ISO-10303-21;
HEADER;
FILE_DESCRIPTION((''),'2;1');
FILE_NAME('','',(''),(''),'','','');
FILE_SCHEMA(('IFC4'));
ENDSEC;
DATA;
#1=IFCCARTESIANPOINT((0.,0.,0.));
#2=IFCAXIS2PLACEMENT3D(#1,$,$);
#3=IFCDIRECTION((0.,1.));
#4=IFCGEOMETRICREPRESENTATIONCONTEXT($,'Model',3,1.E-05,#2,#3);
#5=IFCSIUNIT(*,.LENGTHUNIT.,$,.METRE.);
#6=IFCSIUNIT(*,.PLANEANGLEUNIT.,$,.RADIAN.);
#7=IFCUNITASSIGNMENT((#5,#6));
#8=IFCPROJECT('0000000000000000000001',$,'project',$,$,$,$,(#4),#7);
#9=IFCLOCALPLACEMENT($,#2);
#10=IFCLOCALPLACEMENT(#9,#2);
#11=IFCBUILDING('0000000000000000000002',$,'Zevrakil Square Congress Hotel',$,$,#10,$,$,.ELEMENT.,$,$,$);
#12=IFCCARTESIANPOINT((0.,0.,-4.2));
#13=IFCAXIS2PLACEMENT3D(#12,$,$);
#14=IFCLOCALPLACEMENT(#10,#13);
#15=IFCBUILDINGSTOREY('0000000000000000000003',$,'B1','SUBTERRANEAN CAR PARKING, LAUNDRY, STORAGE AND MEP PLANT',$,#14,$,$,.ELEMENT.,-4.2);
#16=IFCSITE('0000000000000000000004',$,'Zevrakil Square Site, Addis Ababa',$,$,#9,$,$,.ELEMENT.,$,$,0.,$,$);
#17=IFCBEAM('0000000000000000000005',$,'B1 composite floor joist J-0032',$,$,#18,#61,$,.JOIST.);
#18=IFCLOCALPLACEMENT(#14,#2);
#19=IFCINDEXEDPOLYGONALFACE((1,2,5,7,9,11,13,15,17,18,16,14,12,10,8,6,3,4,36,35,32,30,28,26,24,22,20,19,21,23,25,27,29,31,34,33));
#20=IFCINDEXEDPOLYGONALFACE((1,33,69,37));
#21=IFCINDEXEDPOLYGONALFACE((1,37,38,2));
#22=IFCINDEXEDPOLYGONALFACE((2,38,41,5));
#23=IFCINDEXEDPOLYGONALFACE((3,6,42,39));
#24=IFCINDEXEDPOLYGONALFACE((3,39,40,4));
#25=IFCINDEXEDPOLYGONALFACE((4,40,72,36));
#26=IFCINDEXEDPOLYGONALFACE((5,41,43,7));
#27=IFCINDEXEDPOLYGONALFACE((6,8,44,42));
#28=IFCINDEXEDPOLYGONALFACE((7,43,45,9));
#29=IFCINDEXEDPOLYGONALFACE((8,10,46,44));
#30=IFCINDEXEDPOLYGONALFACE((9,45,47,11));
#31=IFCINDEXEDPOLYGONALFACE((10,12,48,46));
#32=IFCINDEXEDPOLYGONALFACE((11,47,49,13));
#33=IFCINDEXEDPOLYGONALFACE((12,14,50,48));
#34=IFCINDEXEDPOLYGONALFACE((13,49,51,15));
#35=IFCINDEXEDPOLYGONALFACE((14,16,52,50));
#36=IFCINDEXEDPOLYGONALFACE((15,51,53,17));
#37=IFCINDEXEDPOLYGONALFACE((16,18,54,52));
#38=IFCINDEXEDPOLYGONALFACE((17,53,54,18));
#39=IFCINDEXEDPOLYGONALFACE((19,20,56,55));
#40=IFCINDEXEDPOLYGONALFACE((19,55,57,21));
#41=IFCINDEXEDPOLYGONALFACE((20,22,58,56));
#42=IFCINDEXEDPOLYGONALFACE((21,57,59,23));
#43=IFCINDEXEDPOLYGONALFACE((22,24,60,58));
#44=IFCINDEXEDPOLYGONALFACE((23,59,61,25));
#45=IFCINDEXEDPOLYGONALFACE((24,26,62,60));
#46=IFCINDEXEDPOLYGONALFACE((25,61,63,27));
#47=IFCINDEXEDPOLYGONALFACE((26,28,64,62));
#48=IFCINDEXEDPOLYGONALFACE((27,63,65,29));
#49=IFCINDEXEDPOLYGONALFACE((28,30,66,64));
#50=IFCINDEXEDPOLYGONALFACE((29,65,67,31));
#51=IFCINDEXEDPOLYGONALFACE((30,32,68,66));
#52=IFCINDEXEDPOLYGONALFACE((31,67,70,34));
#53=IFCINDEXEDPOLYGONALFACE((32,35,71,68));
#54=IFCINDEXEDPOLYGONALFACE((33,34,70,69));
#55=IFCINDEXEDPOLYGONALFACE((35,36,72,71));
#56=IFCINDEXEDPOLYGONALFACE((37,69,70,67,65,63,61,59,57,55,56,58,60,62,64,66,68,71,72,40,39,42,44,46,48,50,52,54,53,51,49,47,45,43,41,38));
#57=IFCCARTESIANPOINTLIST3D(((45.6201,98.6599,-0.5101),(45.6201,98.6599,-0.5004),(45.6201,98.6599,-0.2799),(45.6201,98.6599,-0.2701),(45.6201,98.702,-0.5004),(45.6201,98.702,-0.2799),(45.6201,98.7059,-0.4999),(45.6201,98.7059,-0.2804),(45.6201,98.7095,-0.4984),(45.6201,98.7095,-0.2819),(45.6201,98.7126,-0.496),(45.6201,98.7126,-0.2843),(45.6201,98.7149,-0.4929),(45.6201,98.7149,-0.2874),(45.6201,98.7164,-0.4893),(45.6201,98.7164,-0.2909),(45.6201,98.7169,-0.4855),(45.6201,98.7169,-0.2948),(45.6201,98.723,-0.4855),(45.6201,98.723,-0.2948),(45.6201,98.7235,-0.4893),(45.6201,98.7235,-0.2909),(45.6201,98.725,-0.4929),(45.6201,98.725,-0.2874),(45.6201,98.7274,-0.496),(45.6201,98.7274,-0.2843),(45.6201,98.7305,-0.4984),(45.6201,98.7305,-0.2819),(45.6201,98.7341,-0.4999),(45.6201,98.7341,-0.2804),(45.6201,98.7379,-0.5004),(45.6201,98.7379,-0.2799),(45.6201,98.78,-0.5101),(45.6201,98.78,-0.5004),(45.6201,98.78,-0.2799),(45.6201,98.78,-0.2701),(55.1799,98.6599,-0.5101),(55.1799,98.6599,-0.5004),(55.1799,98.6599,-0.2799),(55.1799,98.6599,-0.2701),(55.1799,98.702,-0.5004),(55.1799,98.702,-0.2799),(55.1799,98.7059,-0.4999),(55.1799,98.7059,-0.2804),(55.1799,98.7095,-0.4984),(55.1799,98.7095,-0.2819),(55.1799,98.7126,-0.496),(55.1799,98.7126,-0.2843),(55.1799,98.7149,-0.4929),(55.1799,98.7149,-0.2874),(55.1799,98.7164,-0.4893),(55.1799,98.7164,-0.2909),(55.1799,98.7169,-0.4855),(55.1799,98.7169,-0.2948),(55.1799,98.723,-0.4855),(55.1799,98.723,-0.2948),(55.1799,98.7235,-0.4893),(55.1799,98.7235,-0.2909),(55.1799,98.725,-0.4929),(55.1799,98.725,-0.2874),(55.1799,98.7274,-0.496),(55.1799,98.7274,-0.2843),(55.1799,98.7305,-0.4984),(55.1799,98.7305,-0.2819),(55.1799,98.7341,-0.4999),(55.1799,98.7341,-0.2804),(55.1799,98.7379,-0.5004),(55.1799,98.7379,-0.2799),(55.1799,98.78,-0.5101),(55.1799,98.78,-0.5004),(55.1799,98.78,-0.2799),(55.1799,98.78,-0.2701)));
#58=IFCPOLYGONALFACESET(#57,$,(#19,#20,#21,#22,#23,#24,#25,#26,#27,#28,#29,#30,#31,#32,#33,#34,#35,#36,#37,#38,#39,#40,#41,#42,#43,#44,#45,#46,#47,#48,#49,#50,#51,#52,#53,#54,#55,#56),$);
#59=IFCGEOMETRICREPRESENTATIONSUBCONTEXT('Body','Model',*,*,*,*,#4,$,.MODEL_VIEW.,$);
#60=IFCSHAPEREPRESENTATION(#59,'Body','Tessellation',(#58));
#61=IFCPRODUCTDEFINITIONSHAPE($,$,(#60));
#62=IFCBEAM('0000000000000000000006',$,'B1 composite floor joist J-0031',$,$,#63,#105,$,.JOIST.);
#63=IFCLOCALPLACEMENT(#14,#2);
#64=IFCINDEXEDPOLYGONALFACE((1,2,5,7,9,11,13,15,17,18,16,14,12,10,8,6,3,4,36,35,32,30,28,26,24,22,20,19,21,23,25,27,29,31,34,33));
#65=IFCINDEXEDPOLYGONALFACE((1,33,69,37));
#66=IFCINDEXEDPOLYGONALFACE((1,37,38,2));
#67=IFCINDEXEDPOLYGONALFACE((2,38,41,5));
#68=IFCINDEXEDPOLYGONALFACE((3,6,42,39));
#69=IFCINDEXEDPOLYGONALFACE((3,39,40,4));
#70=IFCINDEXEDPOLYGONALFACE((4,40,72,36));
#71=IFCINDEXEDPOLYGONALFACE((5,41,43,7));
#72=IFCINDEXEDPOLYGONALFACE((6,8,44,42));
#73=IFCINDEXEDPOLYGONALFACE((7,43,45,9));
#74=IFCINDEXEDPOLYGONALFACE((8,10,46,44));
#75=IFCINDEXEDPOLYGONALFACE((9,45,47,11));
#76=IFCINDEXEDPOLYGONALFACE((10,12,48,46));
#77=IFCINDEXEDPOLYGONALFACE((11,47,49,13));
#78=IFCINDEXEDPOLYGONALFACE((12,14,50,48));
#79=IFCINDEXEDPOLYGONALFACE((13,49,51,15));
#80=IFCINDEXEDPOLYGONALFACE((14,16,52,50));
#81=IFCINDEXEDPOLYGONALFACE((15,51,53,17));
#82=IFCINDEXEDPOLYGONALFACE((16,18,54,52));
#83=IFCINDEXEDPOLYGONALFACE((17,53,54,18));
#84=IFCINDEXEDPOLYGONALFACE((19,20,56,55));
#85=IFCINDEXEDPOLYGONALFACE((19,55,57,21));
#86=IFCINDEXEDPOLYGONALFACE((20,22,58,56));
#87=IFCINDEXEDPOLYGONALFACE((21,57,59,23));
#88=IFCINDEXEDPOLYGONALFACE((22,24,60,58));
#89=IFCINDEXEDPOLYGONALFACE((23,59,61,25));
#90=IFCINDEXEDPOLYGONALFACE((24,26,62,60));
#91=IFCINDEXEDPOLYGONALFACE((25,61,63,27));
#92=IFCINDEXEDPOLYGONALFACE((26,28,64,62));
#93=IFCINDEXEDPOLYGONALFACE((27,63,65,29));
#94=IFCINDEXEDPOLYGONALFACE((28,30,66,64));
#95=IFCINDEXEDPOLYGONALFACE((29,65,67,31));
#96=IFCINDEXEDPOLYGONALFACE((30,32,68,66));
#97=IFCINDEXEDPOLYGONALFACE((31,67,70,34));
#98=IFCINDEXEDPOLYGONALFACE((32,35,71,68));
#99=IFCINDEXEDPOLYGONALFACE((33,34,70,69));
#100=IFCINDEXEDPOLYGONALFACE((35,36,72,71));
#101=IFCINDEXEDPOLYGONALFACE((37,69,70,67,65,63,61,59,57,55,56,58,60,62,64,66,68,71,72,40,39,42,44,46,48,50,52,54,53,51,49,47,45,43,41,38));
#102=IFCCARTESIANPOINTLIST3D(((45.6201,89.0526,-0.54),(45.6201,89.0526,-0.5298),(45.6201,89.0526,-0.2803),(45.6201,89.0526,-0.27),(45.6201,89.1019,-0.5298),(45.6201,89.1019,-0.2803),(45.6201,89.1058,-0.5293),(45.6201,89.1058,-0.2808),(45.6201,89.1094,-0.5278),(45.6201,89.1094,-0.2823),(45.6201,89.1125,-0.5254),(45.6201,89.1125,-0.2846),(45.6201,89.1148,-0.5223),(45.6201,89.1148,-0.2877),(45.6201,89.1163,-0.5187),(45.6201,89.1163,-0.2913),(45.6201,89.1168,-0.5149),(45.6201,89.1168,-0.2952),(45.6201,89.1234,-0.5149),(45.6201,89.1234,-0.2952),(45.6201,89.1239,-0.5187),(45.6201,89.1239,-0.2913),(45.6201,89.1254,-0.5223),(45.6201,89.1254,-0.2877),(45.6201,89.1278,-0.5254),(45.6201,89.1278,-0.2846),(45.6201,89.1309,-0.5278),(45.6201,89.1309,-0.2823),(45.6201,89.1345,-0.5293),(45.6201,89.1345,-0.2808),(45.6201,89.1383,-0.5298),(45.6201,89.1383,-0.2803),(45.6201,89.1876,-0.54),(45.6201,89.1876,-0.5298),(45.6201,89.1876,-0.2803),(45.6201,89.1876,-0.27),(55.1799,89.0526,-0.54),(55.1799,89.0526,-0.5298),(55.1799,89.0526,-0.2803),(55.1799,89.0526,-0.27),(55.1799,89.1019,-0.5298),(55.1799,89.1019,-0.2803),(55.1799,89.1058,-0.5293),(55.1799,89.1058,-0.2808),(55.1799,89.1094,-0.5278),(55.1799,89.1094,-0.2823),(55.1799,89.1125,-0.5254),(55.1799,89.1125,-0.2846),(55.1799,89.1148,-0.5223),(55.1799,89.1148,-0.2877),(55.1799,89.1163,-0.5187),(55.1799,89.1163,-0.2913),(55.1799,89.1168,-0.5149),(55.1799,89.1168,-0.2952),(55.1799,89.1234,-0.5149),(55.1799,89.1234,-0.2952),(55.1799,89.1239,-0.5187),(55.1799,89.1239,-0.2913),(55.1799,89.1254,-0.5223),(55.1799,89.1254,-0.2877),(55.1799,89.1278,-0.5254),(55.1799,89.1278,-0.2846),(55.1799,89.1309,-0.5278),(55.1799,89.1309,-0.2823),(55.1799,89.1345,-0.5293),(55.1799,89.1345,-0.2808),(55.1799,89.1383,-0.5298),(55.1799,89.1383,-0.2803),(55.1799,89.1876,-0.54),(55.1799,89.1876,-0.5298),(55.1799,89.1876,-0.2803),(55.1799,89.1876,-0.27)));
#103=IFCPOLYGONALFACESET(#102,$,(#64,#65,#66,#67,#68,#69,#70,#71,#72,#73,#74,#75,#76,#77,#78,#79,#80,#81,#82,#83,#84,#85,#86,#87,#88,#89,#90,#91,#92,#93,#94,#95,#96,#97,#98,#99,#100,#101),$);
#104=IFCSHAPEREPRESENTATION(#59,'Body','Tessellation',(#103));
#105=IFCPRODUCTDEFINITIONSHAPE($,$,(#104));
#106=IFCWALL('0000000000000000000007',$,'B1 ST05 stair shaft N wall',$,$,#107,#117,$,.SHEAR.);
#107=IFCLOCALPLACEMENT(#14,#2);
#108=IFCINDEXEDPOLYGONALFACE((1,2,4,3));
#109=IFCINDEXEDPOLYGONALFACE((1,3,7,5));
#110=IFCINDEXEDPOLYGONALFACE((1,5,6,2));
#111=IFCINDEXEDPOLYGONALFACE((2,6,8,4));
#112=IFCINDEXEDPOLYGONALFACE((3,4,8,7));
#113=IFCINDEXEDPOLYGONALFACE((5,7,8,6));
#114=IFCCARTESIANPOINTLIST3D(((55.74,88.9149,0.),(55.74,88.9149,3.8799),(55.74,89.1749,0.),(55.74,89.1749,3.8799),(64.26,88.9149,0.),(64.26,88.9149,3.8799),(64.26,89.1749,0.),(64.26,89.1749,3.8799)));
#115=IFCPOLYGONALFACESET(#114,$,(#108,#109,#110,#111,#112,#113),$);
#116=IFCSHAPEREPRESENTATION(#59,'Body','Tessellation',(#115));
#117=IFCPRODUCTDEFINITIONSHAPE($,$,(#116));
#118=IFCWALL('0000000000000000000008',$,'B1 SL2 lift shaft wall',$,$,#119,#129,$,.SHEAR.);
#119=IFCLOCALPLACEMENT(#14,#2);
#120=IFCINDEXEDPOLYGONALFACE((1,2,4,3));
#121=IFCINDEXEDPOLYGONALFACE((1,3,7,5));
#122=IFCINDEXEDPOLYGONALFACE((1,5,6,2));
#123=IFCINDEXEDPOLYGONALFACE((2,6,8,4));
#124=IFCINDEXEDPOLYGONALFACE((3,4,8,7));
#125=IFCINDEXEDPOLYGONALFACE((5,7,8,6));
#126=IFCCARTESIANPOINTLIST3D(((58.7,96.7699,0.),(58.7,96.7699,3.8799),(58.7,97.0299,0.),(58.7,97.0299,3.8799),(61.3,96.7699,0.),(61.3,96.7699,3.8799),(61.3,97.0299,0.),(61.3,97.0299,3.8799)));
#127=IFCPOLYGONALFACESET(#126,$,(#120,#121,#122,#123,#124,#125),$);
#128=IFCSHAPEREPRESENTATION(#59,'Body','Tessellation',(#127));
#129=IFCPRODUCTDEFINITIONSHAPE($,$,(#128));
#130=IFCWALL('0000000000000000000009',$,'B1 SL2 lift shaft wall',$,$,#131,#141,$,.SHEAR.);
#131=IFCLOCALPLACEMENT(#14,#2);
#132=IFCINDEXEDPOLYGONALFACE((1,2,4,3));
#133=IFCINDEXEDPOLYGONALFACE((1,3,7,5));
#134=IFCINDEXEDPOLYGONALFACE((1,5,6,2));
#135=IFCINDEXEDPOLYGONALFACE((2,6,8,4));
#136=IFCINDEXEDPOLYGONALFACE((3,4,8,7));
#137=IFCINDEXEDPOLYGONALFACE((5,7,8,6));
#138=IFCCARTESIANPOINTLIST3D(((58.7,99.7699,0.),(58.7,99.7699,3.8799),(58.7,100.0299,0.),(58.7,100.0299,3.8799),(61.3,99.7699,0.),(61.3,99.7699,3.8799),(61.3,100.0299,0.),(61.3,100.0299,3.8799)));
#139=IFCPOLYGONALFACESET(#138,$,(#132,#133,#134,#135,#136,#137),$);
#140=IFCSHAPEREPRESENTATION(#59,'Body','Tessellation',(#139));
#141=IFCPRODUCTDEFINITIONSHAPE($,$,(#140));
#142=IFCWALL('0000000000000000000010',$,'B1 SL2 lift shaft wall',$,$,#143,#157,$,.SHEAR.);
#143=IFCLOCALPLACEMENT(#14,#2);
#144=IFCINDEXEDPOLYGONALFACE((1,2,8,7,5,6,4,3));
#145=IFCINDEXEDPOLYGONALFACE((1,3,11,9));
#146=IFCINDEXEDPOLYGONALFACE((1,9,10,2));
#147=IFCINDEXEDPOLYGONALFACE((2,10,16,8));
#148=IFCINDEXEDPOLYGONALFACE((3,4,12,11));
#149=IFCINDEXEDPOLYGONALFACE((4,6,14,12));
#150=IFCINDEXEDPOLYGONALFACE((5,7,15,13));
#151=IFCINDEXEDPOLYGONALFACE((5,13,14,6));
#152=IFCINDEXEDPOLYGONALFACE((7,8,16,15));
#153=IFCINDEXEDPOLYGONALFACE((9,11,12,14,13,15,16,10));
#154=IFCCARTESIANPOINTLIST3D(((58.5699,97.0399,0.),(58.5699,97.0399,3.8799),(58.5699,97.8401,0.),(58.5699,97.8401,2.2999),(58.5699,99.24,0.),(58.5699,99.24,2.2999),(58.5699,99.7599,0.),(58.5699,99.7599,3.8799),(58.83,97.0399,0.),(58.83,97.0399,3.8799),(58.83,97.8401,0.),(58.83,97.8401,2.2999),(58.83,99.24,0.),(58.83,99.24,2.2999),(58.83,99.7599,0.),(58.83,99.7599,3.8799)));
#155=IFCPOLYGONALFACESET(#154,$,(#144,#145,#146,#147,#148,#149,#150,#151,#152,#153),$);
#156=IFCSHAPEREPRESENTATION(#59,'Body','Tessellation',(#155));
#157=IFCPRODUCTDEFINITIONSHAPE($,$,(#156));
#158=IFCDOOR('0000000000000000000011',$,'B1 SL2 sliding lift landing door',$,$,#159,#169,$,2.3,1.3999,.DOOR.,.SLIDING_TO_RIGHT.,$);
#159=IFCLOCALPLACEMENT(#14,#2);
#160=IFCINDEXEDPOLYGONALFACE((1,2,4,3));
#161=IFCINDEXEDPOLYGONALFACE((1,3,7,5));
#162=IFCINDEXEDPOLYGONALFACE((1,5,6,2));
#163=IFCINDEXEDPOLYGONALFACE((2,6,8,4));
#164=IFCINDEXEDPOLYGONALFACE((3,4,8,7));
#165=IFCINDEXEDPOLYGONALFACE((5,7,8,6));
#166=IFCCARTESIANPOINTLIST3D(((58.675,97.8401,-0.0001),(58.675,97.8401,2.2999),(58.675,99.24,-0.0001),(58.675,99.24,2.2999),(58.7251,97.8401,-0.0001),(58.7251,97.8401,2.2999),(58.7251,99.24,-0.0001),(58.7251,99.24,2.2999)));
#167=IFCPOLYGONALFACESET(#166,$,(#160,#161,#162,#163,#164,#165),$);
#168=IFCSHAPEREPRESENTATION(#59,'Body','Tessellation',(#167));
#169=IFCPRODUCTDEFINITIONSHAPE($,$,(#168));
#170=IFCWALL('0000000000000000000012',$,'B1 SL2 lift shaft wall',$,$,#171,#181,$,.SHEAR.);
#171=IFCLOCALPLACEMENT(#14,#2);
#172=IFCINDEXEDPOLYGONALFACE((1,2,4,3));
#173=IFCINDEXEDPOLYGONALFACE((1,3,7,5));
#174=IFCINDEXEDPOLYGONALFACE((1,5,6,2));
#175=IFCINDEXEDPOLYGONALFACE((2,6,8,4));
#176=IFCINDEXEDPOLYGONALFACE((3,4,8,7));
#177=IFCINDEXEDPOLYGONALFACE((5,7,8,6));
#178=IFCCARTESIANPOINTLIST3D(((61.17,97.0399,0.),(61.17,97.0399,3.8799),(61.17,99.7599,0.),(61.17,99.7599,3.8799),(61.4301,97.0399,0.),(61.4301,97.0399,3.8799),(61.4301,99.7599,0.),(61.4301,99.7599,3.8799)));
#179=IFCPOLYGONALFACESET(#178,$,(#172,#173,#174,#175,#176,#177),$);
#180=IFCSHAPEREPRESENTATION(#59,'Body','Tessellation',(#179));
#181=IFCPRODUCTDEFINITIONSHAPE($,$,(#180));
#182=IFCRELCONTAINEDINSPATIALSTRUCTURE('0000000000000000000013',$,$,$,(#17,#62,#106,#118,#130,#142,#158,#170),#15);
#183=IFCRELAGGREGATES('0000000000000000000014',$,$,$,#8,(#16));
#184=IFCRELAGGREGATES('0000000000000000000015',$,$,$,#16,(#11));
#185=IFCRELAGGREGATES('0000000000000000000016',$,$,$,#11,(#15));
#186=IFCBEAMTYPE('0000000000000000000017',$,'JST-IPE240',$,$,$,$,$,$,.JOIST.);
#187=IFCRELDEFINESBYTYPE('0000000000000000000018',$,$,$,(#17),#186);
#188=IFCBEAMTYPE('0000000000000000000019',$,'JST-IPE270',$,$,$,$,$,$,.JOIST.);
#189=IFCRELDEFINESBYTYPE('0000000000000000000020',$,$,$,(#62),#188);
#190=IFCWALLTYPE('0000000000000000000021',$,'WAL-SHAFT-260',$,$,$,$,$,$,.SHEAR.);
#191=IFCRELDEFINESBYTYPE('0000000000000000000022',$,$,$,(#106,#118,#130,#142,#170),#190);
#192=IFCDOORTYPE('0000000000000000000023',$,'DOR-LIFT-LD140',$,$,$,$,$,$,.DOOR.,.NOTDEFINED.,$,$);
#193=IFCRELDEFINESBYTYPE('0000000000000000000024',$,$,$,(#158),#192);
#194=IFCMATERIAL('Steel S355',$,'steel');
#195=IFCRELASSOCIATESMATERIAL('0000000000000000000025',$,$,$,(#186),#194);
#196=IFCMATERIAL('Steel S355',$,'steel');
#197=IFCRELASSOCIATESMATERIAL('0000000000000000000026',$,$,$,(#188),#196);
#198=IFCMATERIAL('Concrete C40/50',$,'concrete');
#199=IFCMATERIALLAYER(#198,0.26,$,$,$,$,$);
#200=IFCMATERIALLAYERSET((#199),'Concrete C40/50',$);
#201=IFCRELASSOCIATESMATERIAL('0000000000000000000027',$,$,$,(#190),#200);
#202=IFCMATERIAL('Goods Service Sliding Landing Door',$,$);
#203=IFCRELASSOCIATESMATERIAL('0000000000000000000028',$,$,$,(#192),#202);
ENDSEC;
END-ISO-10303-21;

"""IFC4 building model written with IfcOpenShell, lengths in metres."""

from ifc_helpers import new_model, si_unit, direction, frame, frame_2d, origin, origin_2d, place, context, subcontext, project, spatial, rectangle, i_section, extrude, material, layer, layer_set, material_profile, profile_set, type_object, element, fill, save


model = new_model("IFC4")

# Units and contexts
model_context = context("Model", 3, precision=1e-05, world=origin(), true_north=direction((0.0, 1.0)))
body_context = subcontext(model_context, "Body", "Model", "MODEL_VIEW")
ifc_project = project(units=[si_unit("LENGTHUNIT", "METRE"), si_unit("PLANEANGLEUNIT", "RADIAN")], contexts=[model_context])

# Site, building, storey
site_placement = place(None, origin())
site = spatial("IfcSite", under=ifc_project, at=site_placement, Name="Zevrakil Square Site, Addis Ababa", CompositionType="ELEMENT", RefElevation=0.0)
building_placement = place(site_placement, origin())
building = spatial("IfcBuilding", under=site, at=building_placement, Name="Zevrakil Square Congress Hotel", CompositionType="ELEMENT")
storey_placement = place(building_placement, frame((0.0, 0.0, -4.2)))
storey = spatial("IfcBuildingStorey", under=building, at=storey_placement, Name="B1", Description="SUBTERRANEAN CAR PARKING, LAUNDRY, STORAGE AND MEP PLANT", CompositionType="ELEMENT", Elevation=-4.2)

# Beams
ifc_material_1 = material(Name="Steel S355", Category="steel")
ifc_material_profile_1 = material_profile(ifc_material_1, i_section(OverallWidth=0.1201, OverallDepth=0.24, WebThickness=0.0061, FlangeThickness=0.0098, FilletRadius=0.0149, at=origin_2d()), Name="IPE 240")
ifc_profile_set_1 = profile_set([ifc_material_profile_1], Name="Steel S355")
beam_type_1 = type_object("IfcBeamType", Name="JST-IPE240", PredefinedType="JOIST", material=ifc_profile_set_1)
beam_1_placement = place(storey_placement, frame((45.6201, 98.72, -0.3901), z_axis=(1.0, 0.0, 0.0), x_axis=(0.0, 1.0, 0.0)))
element("IfcBeam", 1, at=beam_1_placement, inside=storey, type_object=beam_type_1, Name="B1 composite floor joist J-0032", PredefinedType="JOIST", context=body_context, shape_type="SweptSolid", body=[
    extrude(i_section(OverallWidth=0.1201, OverallDepth=0.24, WebThickness=0.0061, FlangeThickness=0.0098, FilletRadius=0.0149, at=origin_2d()), origin(), (0.0, 0.0, 1.0), 9.5598),
])
ifc_material_2 = material(Name="Steel S355", Category="steel")
ifc_material_profile_2 = material_profile(ifc_material_2, i_section(OverallWidth=0.135, OverallDepth=0.27, WebThickness=0.0066, FlangeThickness=0.0103, FilletRadius=0.0149, at=origin_2d()), Name="IPE 270")
ifc_profile_set_2 = profile_set([ifc_material_profile_2], Name="Steel S355")
beam_type_2 = type_object("IfcBeamType", Name="JST-IPE270", PredefinedType="JOIST", material=ifc_profile_set_2)
beam_2_placement = place(storey_placement, frame((45.6201, 89.1201, -0.405), z_axis=(1.0, 0.0, 0.0), x_axis=(0.0, 1.0, 0.0)))
element("IfcBeam", 2, at=beam_2_placement, inside=storey, type_object=beam_type_2, Name="B1 composite floor joist J-0031", PredefinedType="JOIST", context=body_context, shape_type="SweptSolid", body=[
    extrude(i_section(OverallWidth=0.135, OverallDepth=0.27, WebThickness=0.0066, FlangeThickness=0.0103, FilletRadius=0.0149, at=origin_2d()), origin(), (0.0, 0.0, 1.0), 9.5598),
])

# Walls
ifc_material_3 = material(Name="Concrete C40/50", Category="concrete")
ifc_layer_1 = layer(ifc_material_3, 0.26)
ifc_layer_set_1 = layer_set([ifc_layer_1], Name="Concrete C40/50")
wall_type = type_object("IfcWallType", Name="WAL-SHAFT-260", PredefinedType="SHEAR", material=ifc_layer_set_1)
wall_1_placement = place(storey_placement, frame((55.74, 89.0449, 0.0), z_axis=(0.0, 0.0, 1.0), x_axis=(1.0, 0.0, 0.0)))
element("IfcWall", 3, at=wall_1_placement, inside=storey, type_object=wall_type, Name="B1 ST05 stair shaft N wall", PredefinedType="SHEAR", context=body_context, shape_type="SweptSolid", body=[
    extrude(rectangle(XDim=8.52, YDim=0.26, at=frame_2d((4.26, 0.0))), origin(), (0.0, 0.0, 1.0), 3.8799),
])
for number, where, z_axis, x_axis, name in (
    (4, (58.7, 96.8999, 0.0), (0.0, 0.0, 1.0), (1.0, 0.0, 0.0), "B1 SL2 lift shaft wall"),
    (5, (58.7, 99.8999, 0.0), (0.0, 0.0, 1.0), (1.0, 0.0, 0.0), "B1 SL2 lift shaft wall"),
):
    element("IfcWall", number, at=place(storey_placement, frame(where, z_axis=z_axis, x_axis=x_axis)), inside=storey, type_object=wall_type, Name=name, PredefinedType="SHEAR", context=body_context, shape_type="SweptSolid", body=[
        extrude(rectangle(XDim=2.6001, YDim=0.26, at=frame_2d((1.3, 0.0))), origin(), (0.0, 0.0, 1.0), 3.8799),
    ])

# Wall, opening, door
wall_2_placement = place(storey_placement, frame((58.7, 97.04, 0.0), z_axis=(0.0, 0.0, 1.0), x_axis=(0.0, 1.0, 0.0)))
wall_2 = element("IfcWall", 6, at=wall_2_placement, inside=storey, type_object=wall_type, Name="B1 SL2 lift shaft wall", PredefinedType="SHEAR", context=body_context, shape_type="SweptSolid", body=[
    extrude(rectangle(XDim=2.72, YDim=0.26, at=frame_2d((1.3599, 0.0))), origin(), (0.0, 0.0, 1.0), 3.8799),
])
opening_placement = place(wall_2_placement, frame((0.8, 0.0, 0.0)))
opening = element("IfcOpeningElement", 7, at=opening_placement, cuts=wall_2, PredefinedType="OPENING", context=body_context, shape_type="SweptSolid", body=[
    extrude(rectangle(XDim=1.3999, YDim=2.3, at=frame_2d((0.7, 1.1499))), frame((0.0, 0.1401, 0.0), z_axis=(0.0, -1.0, 0.0), x_axis=(1.0, 0.0, 0.0)), (0.0, 0.0, 1.0), 0.28),
])
ifc_material_4 = material(Name="Goods Service Sliding Landing Door")
door_type = type_object("IfcDoorType", Name="DOR-LIFT-LD140", OperationType="NOTDEFINED", PredefinedType="DOOR", material=ifc_material_4)
door_placement = place(opening_placement, origin())
door = element("IfcDoor", 8, at=door_placement, inside=storey, type_object=door_type, Name="B1 SL2 sliding lift landing door", OperationType="SLIDING_TO_RIGHT", OverallHeight=2.3, OverallWidth=1.3999, PredefinedType="DOOR", context=body_context, shape_type="SweptSolid", body=[
    extrude(rectangle(XDim=1.3999, YDim=2.3, at=frame_2d((0.7, 1.1499))), frame((0.0, 0.0249, 0.0), z_axis=(0.0, -1.0, 0.0), x_axis=(1.0, 0.0, 0.0)), (0.0, 0.0, 1.0), 0.05),
])
fill(opening, door)

# Wall
wall_3_placement = place(storey_placement, frame((61.3, 97.04, 0.0), z_axis=(0.0, 0.0, 1.0), x_axis=(0.0, 1.0, 0.0)))
element("IfcWall", 9, at=wall_3_placement, inside=storey, type_object=wall_type, Name="B1 SL2 lift shaft wall", PredefinedType="SHEAR", context=body_context, shape_type="SweptSolid", body=[
    extrude(rectangle(XDim=2.72, YDim=0.26, at=frame_2d((1.3599, 0.0))), origin(), (0.0, 0.0, 1.0), 3.8799),
])

save(model, "model.ifc")
